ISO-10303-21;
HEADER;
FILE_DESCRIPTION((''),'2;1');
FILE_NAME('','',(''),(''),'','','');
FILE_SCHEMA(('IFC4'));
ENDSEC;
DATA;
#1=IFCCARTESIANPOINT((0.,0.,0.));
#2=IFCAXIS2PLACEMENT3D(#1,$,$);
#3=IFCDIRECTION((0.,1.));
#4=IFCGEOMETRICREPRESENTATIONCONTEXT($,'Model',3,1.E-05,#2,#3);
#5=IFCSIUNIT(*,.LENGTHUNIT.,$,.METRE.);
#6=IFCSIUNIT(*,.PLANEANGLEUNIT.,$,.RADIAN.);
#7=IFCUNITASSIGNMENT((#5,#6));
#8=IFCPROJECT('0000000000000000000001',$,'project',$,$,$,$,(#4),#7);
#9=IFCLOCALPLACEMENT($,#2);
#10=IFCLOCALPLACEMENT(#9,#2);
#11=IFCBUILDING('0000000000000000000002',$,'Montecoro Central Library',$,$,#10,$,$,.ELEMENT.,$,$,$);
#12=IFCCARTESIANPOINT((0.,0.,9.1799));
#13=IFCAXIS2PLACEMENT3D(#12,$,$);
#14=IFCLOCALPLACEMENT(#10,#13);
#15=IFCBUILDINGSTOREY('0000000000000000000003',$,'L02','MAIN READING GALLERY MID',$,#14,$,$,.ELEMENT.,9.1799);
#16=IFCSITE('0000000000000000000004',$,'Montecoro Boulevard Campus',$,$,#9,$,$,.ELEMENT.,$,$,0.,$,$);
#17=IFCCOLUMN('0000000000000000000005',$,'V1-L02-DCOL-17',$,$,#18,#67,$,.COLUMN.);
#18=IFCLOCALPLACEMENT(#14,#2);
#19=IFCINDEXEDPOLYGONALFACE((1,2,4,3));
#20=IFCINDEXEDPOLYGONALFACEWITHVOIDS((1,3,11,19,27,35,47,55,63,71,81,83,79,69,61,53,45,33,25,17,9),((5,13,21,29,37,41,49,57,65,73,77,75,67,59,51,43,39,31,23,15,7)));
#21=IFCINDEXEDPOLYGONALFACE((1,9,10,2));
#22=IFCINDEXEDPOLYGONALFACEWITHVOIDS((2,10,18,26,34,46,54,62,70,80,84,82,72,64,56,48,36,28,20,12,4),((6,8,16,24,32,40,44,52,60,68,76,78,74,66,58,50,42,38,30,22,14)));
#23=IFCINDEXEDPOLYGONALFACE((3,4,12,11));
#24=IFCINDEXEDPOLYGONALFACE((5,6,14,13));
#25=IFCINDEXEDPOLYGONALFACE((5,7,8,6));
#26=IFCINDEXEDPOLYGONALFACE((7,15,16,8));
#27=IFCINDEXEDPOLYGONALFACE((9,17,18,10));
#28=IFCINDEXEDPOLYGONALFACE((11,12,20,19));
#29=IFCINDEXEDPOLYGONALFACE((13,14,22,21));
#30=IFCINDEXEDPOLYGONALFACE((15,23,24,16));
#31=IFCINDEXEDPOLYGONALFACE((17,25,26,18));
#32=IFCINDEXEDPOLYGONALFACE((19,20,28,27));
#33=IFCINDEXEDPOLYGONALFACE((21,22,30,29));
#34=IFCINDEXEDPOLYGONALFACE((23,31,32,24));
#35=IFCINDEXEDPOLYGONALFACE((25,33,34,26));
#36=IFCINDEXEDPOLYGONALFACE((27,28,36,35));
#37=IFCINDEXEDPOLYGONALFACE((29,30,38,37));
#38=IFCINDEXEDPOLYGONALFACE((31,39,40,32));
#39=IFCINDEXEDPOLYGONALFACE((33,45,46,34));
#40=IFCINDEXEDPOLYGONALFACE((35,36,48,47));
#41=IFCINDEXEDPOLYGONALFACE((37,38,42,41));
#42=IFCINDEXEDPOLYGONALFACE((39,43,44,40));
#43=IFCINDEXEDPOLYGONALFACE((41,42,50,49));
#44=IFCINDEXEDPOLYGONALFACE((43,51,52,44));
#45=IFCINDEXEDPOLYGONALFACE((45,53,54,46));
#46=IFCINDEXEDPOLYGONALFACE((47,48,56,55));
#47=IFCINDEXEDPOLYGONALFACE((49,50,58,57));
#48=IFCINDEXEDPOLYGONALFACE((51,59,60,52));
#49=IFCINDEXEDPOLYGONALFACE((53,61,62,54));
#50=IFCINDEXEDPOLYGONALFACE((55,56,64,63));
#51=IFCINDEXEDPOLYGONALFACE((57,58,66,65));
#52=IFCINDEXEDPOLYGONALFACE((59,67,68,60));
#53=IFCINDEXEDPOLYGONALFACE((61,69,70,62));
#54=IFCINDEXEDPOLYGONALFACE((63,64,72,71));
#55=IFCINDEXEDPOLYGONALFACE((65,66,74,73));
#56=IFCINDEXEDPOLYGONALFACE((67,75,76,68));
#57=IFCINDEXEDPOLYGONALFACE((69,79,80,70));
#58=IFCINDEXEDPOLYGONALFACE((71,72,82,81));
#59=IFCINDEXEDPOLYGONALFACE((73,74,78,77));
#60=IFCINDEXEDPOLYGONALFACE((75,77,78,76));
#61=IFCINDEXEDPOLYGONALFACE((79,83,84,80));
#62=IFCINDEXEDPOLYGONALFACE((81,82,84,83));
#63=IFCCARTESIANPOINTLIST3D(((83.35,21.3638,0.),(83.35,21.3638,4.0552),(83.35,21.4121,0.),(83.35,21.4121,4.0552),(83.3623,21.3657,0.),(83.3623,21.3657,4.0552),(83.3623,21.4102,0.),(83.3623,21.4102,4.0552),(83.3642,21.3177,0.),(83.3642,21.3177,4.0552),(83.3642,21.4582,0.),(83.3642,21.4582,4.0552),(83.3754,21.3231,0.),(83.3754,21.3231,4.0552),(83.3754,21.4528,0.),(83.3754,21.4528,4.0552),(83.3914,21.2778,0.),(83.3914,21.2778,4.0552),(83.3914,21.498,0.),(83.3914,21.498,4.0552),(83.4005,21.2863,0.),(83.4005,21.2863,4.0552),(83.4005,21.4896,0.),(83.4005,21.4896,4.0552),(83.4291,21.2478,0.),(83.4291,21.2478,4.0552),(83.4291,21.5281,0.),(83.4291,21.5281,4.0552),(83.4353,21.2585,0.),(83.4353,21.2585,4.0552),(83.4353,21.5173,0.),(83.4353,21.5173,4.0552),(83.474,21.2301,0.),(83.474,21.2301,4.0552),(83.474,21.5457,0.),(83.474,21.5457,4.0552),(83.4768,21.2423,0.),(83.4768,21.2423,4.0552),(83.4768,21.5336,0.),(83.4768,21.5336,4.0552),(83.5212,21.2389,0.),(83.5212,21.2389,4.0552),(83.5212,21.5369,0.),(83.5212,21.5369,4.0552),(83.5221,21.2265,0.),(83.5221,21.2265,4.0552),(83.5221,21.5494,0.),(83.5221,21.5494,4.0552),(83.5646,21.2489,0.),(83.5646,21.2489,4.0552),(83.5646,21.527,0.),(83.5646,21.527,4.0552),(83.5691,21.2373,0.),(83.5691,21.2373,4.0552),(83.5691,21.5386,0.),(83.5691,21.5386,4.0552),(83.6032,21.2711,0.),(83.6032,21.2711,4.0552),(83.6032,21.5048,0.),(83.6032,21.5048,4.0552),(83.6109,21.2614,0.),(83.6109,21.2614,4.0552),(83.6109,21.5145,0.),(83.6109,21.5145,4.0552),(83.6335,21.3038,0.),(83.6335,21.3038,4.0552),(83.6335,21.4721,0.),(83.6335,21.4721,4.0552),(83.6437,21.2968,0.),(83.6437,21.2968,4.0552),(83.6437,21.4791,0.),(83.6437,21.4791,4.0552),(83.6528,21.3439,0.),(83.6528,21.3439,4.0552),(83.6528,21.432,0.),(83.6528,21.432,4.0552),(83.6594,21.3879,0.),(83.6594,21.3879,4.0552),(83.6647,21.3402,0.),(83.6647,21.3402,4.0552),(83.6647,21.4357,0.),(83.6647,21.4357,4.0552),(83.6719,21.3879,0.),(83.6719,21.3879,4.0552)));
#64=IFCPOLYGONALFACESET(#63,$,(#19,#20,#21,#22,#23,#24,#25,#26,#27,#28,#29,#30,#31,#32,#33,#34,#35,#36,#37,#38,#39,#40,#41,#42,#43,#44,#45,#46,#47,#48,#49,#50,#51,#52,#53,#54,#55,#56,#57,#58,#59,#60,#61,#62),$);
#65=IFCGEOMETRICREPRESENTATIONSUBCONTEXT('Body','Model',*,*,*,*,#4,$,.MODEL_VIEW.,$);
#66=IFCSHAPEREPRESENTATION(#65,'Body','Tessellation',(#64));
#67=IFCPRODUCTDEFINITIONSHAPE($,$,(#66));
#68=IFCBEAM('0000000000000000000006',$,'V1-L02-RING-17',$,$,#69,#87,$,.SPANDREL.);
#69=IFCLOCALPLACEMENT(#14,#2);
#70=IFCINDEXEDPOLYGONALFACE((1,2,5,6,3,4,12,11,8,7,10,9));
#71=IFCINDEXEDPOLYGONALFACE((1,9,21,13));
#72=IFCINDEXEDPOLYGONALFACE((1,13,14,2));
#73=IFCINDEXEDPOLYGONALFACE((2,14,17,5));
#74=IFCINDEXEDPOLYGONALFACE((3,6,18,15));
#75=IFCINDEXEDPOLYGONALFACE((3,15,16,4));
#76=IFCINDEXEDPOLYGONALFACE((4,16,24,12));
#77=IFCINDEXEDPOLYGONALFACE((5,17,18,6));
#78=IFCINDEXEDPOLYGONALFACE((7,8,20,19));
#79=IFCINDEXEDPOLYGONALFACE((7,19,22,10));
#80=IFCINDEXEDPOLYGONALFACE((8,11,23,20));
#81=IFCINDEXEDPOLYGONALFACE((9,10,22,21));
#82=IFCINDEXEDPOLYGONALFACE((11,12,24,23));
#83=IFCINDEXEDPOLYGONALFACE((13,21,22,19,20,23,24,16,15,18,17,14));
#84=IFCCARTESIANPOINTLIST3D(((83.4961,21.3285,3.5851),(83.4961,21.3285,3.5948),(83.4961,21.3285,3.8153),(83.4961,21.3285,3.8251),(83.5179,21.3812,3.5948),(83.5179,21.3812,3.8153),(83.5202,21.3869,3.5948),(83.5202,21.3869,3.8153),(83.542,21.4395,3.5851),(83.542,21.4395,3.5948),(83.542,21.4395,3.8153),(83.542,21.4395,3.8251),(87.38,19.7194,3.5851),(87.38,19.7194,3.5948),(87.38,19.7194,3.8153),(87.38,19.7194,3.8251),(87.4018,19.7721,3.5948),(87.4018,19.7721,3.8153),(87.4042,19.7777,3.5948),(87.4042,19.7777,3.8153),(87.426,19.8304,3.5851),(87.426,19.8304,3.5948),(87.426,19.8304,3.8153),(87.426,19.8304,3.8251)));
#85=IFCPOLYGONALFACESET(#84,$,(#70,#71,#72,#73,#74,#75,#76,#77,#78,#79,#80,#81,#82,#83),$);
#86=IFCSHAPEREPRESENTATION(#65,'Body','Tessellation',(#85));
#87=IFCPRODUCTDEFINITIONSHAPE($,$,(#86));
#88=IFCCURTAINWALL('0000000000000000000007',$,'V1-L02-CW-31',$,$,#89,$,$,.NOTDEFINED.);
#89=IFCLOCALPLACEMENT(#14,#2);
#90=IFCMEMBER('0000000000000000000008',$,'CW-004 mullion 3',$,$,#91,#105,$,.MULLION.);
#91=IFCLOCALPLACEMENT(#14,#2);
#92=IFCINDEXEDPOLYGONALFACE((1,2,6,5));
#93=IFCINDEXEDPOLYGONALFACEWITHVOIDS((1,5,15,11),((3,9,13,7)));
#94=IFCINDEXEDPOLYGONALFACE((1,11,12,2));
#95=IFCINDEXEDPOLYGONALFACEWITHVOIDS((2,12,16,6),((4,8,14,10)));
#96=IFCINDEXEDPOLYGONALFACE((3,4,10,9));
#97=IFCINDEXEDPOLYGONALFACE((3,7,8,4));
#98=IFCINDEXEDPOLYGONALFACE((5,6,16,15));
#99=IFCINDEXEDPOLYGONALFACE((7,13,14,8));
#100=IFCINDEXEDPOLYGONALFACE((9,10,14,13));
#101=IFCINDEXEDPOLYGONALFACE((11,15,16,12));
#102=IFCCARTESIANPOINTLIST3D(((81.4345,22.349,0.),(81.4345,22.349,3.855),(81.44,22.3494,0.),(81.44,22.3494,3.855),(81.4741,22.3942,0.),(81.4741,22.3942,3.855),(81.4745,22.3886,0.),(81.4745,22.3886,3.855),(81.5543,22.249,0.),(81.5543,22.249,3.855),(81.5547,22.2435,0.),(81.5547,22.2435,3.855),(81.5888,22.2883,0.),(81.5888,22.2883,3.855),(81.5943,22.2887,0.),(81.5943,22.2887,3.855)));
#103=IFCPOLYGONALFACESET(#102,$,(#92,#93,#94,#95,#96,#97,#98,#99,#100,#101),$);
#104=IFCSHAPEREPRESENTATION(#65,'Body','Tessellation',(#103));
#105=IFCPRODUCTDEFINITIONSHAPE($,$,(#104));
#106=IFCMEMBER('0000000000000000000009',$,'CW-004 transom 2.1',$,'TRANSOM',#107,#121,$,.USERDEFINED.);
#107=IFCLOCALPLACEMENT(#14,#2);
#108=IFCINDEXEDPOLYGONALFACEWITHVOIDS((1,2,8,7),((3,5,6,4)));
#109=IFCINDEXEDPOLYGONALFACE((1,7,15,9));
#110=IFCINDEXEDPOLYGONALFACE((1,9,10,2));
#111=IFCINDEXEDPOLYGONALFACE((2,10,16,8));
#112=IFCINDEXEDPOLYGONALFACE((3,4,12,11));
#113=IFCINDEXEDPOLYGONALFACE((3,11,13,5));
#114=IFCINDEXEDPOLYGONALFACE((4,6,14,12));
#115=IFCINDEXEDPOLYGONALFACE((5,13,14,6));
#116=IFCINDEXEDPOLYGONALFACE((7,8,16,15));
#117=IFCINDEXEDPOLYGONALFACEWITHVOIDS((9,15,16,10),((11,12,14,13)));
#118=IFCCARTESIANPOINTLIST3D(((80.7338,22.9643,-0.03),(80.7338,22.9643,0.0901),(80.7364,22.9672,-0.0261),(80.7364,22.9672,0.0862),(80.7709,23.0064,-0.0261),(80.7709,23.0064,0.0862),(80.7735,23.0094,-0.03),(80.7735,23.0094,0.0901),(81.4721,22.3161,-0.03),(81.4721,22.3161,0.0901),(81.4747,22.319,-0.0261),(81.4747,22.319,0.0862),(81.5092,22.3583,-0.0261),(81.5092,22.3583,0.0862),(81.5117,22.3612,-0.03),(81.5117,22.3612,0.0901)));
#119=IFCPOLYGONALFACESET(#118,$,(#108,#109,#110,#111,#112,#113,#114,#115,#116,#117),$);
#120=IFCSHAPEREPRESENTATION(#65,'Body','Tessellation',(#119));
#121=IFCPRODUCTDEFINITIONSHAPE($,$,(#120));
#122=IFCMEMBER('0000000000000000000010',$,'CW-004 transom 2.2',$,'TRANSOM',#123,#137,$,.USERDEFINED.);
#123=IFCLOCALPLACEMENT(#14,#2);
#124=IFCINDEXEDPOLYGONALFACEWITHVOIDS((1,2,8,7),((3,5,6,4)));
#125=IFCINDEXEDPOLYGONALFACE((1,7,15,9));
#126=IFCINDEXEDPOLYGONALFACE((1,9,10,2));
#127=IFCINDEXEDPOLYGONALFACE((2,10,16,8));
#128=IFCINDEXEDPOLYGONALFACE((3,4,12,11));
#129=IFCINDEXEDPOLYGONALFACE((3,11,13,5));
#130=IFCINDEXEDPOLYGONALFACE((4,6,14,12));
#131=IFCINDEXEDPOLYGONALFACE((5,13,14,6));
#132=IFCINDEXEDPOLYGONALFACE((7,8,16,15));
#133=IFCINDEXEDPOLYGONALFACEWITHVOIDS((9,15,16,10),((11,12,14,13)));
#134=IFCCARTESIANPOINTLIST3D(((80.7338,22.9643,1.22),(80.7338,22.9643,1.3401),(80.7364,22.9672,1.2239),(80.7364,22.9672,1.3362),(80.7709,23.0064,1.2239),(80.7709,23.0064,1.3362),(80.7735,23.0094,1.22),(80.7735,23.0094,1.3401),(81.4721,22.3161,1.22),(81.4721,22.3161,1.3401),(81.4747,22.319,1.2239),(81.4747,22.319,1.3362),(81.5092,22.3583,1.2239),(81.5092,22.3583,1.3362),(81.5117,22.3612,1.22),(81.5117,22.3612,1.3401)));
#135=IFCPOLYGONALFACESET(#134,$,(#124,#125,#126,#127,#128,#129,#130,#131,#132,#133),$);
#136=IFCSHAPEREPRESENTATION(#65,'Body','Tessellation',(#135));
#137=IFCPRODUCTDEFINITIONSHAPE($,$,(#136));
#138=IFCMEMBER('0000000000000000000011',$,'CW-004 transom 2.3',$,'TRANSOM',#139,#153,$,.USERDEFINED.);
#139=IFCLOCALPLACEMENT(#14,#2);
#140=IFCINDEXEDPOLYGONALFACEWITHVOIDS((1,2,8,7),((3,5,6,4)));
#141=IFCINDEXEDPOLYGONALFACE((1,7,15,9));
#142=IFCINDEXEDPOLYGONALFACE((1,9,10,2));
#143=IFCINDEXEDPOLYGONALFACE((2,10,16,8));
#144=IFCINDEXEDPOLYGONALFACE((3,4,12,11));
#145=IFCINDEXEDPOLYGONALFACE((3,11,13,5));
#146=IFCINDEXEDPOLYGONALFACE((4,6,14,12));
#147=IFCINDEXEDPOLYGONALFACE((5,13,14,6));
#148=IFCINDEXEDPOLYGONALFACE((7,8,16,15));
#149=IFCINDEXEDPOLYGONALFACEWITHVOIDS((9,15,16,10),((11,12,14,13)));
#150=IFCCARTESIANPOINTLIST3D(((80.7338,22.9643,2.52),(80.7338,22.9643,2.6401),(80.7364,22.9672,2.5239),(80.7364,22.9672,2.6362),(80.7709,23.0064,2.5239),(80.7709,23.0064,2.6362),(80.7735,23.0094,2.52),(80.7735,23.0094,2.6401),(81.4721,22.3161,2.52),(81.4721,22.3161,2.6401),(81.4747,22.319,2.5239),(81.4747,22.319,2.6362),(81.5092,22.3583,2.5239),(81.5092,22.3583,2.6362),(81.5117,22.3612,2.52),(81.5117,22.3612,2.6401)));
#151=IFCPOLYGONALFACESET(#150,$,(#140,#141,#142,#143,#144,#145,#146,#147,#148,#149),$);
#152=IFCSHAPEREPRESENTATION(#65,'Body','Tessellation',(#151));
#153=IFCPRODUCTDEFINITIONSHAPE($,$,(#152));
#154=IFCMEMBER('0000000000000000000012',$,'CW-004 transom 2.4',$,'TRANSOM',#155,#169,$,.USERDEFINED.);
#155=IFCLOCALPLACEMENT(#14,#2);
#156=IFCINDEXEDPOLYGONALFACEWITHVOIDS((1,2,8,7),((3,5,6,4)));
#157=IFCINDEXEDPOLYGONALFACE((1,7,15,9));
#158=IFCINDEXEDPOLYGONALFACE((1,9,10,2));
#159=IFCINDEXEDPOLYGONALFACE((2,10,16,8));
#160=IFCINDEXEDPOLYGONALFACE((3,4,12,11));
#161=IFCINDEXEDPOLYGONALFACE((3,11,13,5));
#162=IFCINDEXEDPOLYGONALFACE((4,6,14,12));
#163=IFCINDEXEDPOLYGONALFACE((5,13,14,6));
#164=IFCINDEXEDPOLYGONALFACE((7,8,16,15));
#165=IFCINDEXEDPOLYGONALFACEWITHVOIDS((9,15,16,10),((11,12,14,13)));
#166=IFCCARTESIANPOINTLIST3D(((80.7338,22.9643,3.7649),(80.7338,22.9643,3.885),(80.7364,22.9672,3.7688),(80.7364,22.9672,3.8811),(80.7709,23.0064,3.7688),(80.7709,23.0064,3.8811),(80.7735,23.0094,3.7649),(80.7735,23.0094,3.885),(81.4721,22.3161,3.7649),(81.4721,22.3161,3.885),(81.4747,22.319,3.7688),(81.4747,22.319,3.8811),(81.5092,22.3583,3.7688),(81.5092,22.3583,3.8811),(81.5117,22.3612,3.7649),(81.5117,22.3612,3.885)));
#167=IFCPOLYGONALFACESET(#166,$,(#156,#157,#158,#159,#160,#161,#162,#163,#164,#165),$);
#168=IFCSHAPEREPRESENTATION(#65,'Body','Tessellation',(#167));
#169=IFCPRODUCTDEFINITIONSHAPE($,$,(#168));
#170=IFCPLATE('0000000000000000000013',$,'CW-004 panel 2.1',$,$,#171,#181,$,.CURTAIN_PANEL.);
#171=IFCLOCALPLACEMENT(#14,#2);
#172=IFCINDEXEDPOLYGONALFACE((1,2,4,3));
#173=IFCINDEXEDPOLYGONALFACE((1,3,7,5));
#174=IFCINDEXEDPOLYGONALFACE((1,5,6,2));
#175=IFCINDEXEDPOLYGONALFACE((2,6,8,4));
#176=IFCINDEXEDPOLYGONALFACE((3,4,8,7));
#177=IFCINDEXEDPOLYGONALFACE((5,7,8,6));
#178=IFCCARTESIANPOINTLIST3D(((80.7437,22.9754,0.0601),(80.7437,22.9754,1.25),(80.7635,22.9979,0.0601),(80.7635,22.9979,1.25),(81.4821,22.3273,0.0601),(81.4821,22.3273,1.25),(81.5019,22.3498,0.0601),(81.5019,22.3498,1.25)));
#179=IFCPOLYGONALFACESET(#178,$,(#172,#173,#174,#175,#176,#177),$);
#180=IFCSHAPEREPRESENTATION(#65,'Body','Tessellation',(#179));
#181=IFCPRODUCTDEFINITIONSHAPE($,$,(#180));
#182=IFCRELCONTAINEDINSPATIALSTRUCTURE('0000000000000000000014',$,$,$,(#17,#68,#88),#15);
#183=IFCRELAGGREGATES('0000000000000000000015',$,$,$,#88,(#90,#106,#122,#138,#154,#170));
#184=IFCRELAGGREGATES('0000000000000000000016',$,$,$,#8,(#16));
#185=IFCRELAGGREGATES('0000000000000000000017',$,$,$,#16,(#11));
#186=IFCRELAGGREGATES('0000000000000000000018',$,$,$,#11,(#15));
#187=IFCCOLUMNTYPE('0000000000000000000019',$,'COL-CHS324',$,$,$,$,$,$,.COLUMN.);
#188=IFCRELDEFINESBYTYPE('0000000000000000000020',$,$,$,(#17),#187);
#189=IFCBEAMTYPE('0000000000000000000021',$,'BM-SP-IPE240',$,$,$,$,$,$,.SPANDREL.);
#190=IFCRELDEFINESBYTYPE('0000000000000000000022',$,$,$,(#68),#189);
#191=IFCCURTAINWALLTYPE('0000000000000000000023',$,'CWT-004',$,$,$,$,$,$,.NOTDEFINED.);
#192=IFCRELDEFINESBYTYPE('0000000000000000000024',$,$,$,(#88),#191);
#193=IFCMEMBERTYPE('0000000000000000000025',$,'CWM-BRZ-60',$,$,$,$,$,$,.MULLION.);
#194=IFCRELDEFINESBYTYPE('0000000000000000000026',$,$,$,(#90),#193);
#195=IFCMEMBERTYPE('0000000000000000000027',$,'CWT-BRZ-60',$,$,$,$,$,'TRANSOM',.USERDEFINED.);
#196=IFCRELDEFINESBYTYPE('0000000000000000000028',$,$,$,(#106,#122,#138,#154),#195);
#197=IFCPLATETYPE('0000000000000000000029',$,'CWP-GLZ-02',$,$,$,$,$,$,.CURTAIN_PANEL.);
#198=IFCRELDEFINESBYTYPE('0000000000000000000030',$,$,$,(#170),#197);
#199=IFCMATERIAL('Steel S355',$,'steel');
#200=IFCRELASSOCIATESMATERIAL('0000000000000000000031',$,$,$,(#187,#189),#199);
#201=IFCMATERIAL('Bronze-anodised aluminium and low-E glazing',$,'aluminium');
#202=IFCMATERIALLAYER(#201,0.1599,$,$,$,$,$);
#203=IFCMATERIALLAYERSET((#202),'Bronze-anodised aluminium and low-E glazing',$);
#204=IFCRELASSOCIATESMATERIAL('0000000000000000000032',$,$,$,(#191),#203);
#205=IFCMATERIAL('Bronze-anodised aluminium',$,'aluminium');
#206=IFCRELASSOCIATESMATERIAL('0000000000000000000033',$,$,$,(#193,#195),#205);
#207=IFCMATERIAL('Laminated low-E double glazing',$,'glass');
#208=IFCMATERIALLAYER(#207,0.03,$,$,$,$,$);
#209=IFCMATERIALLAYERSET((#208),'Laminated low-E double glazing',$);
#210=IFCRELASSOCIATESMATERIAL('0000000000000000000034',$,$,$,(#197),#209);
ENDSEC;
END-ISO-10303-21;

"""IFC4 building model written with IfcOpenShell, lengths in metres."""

from ifc_helpers import new_model, si_unit, direction, frame, origin, origin_2d, place, context, subcontext, project, spatial, rectangle, hollow_rectangle, hollow_circle, i_section, extrude, material, layer, layer_set, material_profile, profile_set, type_object, element, aggregate, save


model = new_model("IFC4")

# Units and contexts
model_context = context("Model", 3, precision=1e-05, world=origin(), true_north=direction((0.0, 1.0)))
body_context = subcontext(model_context, "Body", "Model", "MODEL_VIEW")
ifc_project = project(units=[si_unit("LENGTHUNIT", "METRE"), si_unit("PLANEANGLEUNIT", "RADIAN")], contexts=[model_context])

# Site, building, storey
site_placement = place(None, origin())
site = spatial("IfcSite", under=ifc_project, at=site_placement, Name="Montecoro Boulevard Campus", CompositionType="ELEMENT", RefElevation=0.0)
building_placement = place(site_placement, origin())
building = spatial("IfcBuilding", under=site, at=building_placement, Name="Montecoro Central Library", CompositionType="ELEMENT")
storey_placement = place(building_placement, frame((0.0, 0.0, 9.1799)))
storey = spatial("IfcBuildingStorey", under=building, at=storey_placement, Name="L02", Description="MAIN READING GALLERY MID", CompositionType="ELEMENT", Elevation=9.1799)

# Column
ifc_material_1 = material(Name="Steel S355", Category="steel")
ifc_material_profile_1 = material_profile(ifc_material_1, hollow_circle(Radius=0.1619, WallThickness=0.0125, at=origin_2d()), Name="CHS 323.9x12.5")
ifc_profile_set_1 = profile_set([ifc_material_profile_1], Name="Steel S355")
column_type = type_object("IfcColumnType", Name="COL-CHS324", PredefinedType="COLUMN", material=ifc_profile_set_1)
column_placement = place(storey_placement, frame((83.51, 21.3879, 0.0), z_axis=(0.0, 0.0, 1.0), x_axis=(1.0, 0.0, 0.0)))
element("IfcColumn", 1, at=column_placement, inside=storey, type_object=column_type, Name="V1-L02-DCOL-17", PredefinedType="COLUMN", context=body_context, shape_type="SweptSolid", body=[
    extrude(hollow_circle(Radius=0.1619, WallThickness=0.0125, at=origin_2d()), origin(), (0.0, 0.0, 1.0), 4.0552),
])

# Beam
ifc_material_profile_2 = material_profile(ifc_material_1, i_section(OverallWidth=0.1201, OverallDepth=0.24, WebThickness=0.0061, FlangeThickness=0.0098, at=origin_2d()), Name="IPE 240")
ifc_profile_set_2 = profile_set([ifc_material_profile_2], Name="Steel S355")
beam_type = type_object("IfcBeamType", Name="BM-SP-IPE240", PredefinedType="SPANDREL", material=ifc_profile_set_2)
beam_placement = place(storey_placement, frame((83.519, 21.384, 3.7051), z_axis=(0.923853, -0.382747, 0.0), x_axis=(0.382747, 0.923853, 0.0)))
element("IfcBeam", 2, at=beam_placement, inside=storey, type_object=beam_type, Name="V1-L02-RING-17", PredefinedType="SPANDREL", context=body_context, shape_type="SweptSolid", body=[
    extrude(i_section(OverallWidth=0.1201, OverallDepth=0.24, WebThickness=0.0061, FlangeThickness=0.0098, at=origin_2d()), origin(), (0.0, 0.0, 1.0), 4.2041),
])

# Curtain wall, members, plate
ifc_material_2 = material(Name="Bronze-anodised aluminium and low-E glazing", Category="aluminium")
ifc_layer_1 = layer(ifc_material_2, 0.1599)
ifc_layer_set_1 = layer_set([ifc_layer_1], Name="Bronze-anodised aluminium and low-E glazing")
curtain_wall_type = type_object("IfcCurtainWallType", Name="CWT-004", PredefinedType="NOTDEFINED", material=ifc_layer_set_1)
curtain_wall_placement = place(storey_placement, origin())
curtain_wall = element("IfcCurtainWall", 3, at=curtain_wall_placement, inside=storey, type_object=curtain_wall_type, Name="V1-L02-CW-31", PredefinedType="NOTDEFINED")
ifc_material_3 = material(Name="Bronze-anodised aluminium", Category="aluminium")
ifc_material_profile_3 = material_profile(ifc_material_3, hollow_rectangle(XDim=0.0601, YDim=0.1599, WallThickness=0.0039, at=origin_2d()), Name="CWM 160x60x4.0")
ifc_profile_set_3 = profile_set([ifc_material_profile_3], Name="Bronze-anodised aluminium")
member_type_1 = type_object("IfcMemberType", Name="CWM-BRZ-60", PredefinedType="MULLION", material=ifc_profile_set_3)
member_1_placement = place(storey_placement, frame((81.5144, 22.3188, 0.0), z_axis=(0.0, 0.0, 1.0), x_axis=(0.659692, 0.751536, 0.0)))
member_1 = element("IfcMember", 4, at=member_1_placement, type_object=member_type_1, Name="CW-004 mullion 3", PredefinedType="MULLION", context=body_context, shape_type="SweptSolid", body=[
    extrude(hollow_rectangle(XDim=0.0601, YDim=0.1599, WallThickness=0.0039, at=origin_2d()), origin(), (0.0, 0.0, 1.0), 3.855),
])
ifc_material_profile_4 = material_profile(ifc_material_3, hollow_rectangle(XDim=0.0601, YDim=0.1201, WallThickness=0.0039, at=origin_2d()), Name="CWT 120x60x4.0")
ifc_profile_set_4 = profile_set([ifc_material_profile_4], Name="Bronze-anodised aluminium")
member_type_2 = type_object("IfcMemberType", Name="CWT-BRZ-60", ElementType="TRANSOM", PredefinedType="USERDEFINED", material=ifc_profile_set_4)
member_2_placement = place(storey_placement, frame((80.7537, 22.9868, 0.03), z_axis=(0.751467, -0.65977, 0.0), x_axis=(0.65977, 0.751467, 0.0)))
member_2 = element("IfcMember", 5, at=member_2_placement, type_object=member_type_2, Name="CW-004 transom 2.1", ObjectType="TRANSOM", PredefinedType="USERDEFINED", context=body_context, shape_type="SweptSolid", body=[
    extrude(hollow_rectangle(XDim=0.0601, YDim=0.1201, WallThickness=0.0039, at=origin_2d()), origin(), (0.0, 0.0, 1.0), 0.9824),
])
member_3_placement = place(storey_placement, frame((80.7537, 22.9868, 1.28), z_axis=(0.751467, -0.65977, 0.0), x_axis=(0.65977, 0.751467, 0.0)))
member_3 = element("IfcMember", 6, at=member_3_placement, type_object=member_type_2, Name="CW-004 transom 2.2", ObjectType="TRANSOM", PredefinedType="USERDEFINED", context=body_context, shape_type="SweptSolid", body=[
    extrude(hollow_rectangle(XDim=0.0601, YDim=0.1201, WallThickness=0.0039, at=origin_2d()), origin(), (0.0, 0.0, 1.0), 0.9824),
])
member_4_placement = place(storey_placement, frame((80.7537, 22.9868, 2.5801), z_axis=(0.751467, -0.65977, 0.0), x_axis=(0.65977, 0.751467, 0.0)))
member_4 = element("IfcMember", 7, at=member_4_placement, type_object=member_type_2, Name="CW-004 transom 2.3", ObjectType="TRANSOM", PredefinedType="USERDEFINED", context=body_context, shape_type="SweptSolid", body=[
    extrude(hollow_rectangle(XDim=0.0601, YDim=0.1201, WallThickness=0.0039, at=origin_2d()), origin(), (0.0, 0.0, 1.0), 0.9824),
])
member_5_placement = place(storey_placement, frame((80.7537, 22.9868, 3.825), z_axis=(0.751467, -0.65977, 0.0), x_axis=(0.65977, 0.751467, 0.0)))
member_5 = element("IfcMember", 8, at=member_5_placement, type_object=member_type_2, Name="CW-004 transom 2.4", ObjectType="TRANSOM", PredefinedType="USERDEFINED", context=body_context, shape_type="SweptSolid", body=[
    extrude(hollow_rectangle(XDim=0.0601, YDim=0.1201, WallThickness=0.0039, at=origin_2d()), origin(), (0.0, 0.0, 1.0), 0.9824),
])
ifc_material_4 = material(Name="Laminated low-E double glazing", Category="glass")
ifc_layer_2 = layer(ifc_material_4, 0.03)
ifc_layer_set_2 = layer_set([ifc_layer_2], Name="Laminated low-E double glazing")
plate_type = type_object("IfcPlateType", Name="CWP-GLZ-02", PredefinedType="CURTAIN_PANEL", material=ifc_layer_set_2)
plate_1_placement = place(storey_placement, frame((81.1228, 22.6626, 0.0601), z_axis=(0.0, 0.0, 1.0), x_axis=(0.751536, -0.659692, 0.0)))
plate_1 = element("IfcPlate", 9, at=plate_1_placement, type_object=plate_type, Name="CW-004 panel 2.1", PredefinedType="CURTAIN_PANEL", context=body_context, shape_type="SweptSolid", body=[
    extrude(rectangle(XDim=0.9824, YDim=0.03, at=origin_2d()), origin(), (0.0, 0.0, 1.0), 1.1899),
])
aggregate(curtain_wall, [member_1, member_2, member_3, member_4, member_5, plate_1])

save(model, "model.ifc")
